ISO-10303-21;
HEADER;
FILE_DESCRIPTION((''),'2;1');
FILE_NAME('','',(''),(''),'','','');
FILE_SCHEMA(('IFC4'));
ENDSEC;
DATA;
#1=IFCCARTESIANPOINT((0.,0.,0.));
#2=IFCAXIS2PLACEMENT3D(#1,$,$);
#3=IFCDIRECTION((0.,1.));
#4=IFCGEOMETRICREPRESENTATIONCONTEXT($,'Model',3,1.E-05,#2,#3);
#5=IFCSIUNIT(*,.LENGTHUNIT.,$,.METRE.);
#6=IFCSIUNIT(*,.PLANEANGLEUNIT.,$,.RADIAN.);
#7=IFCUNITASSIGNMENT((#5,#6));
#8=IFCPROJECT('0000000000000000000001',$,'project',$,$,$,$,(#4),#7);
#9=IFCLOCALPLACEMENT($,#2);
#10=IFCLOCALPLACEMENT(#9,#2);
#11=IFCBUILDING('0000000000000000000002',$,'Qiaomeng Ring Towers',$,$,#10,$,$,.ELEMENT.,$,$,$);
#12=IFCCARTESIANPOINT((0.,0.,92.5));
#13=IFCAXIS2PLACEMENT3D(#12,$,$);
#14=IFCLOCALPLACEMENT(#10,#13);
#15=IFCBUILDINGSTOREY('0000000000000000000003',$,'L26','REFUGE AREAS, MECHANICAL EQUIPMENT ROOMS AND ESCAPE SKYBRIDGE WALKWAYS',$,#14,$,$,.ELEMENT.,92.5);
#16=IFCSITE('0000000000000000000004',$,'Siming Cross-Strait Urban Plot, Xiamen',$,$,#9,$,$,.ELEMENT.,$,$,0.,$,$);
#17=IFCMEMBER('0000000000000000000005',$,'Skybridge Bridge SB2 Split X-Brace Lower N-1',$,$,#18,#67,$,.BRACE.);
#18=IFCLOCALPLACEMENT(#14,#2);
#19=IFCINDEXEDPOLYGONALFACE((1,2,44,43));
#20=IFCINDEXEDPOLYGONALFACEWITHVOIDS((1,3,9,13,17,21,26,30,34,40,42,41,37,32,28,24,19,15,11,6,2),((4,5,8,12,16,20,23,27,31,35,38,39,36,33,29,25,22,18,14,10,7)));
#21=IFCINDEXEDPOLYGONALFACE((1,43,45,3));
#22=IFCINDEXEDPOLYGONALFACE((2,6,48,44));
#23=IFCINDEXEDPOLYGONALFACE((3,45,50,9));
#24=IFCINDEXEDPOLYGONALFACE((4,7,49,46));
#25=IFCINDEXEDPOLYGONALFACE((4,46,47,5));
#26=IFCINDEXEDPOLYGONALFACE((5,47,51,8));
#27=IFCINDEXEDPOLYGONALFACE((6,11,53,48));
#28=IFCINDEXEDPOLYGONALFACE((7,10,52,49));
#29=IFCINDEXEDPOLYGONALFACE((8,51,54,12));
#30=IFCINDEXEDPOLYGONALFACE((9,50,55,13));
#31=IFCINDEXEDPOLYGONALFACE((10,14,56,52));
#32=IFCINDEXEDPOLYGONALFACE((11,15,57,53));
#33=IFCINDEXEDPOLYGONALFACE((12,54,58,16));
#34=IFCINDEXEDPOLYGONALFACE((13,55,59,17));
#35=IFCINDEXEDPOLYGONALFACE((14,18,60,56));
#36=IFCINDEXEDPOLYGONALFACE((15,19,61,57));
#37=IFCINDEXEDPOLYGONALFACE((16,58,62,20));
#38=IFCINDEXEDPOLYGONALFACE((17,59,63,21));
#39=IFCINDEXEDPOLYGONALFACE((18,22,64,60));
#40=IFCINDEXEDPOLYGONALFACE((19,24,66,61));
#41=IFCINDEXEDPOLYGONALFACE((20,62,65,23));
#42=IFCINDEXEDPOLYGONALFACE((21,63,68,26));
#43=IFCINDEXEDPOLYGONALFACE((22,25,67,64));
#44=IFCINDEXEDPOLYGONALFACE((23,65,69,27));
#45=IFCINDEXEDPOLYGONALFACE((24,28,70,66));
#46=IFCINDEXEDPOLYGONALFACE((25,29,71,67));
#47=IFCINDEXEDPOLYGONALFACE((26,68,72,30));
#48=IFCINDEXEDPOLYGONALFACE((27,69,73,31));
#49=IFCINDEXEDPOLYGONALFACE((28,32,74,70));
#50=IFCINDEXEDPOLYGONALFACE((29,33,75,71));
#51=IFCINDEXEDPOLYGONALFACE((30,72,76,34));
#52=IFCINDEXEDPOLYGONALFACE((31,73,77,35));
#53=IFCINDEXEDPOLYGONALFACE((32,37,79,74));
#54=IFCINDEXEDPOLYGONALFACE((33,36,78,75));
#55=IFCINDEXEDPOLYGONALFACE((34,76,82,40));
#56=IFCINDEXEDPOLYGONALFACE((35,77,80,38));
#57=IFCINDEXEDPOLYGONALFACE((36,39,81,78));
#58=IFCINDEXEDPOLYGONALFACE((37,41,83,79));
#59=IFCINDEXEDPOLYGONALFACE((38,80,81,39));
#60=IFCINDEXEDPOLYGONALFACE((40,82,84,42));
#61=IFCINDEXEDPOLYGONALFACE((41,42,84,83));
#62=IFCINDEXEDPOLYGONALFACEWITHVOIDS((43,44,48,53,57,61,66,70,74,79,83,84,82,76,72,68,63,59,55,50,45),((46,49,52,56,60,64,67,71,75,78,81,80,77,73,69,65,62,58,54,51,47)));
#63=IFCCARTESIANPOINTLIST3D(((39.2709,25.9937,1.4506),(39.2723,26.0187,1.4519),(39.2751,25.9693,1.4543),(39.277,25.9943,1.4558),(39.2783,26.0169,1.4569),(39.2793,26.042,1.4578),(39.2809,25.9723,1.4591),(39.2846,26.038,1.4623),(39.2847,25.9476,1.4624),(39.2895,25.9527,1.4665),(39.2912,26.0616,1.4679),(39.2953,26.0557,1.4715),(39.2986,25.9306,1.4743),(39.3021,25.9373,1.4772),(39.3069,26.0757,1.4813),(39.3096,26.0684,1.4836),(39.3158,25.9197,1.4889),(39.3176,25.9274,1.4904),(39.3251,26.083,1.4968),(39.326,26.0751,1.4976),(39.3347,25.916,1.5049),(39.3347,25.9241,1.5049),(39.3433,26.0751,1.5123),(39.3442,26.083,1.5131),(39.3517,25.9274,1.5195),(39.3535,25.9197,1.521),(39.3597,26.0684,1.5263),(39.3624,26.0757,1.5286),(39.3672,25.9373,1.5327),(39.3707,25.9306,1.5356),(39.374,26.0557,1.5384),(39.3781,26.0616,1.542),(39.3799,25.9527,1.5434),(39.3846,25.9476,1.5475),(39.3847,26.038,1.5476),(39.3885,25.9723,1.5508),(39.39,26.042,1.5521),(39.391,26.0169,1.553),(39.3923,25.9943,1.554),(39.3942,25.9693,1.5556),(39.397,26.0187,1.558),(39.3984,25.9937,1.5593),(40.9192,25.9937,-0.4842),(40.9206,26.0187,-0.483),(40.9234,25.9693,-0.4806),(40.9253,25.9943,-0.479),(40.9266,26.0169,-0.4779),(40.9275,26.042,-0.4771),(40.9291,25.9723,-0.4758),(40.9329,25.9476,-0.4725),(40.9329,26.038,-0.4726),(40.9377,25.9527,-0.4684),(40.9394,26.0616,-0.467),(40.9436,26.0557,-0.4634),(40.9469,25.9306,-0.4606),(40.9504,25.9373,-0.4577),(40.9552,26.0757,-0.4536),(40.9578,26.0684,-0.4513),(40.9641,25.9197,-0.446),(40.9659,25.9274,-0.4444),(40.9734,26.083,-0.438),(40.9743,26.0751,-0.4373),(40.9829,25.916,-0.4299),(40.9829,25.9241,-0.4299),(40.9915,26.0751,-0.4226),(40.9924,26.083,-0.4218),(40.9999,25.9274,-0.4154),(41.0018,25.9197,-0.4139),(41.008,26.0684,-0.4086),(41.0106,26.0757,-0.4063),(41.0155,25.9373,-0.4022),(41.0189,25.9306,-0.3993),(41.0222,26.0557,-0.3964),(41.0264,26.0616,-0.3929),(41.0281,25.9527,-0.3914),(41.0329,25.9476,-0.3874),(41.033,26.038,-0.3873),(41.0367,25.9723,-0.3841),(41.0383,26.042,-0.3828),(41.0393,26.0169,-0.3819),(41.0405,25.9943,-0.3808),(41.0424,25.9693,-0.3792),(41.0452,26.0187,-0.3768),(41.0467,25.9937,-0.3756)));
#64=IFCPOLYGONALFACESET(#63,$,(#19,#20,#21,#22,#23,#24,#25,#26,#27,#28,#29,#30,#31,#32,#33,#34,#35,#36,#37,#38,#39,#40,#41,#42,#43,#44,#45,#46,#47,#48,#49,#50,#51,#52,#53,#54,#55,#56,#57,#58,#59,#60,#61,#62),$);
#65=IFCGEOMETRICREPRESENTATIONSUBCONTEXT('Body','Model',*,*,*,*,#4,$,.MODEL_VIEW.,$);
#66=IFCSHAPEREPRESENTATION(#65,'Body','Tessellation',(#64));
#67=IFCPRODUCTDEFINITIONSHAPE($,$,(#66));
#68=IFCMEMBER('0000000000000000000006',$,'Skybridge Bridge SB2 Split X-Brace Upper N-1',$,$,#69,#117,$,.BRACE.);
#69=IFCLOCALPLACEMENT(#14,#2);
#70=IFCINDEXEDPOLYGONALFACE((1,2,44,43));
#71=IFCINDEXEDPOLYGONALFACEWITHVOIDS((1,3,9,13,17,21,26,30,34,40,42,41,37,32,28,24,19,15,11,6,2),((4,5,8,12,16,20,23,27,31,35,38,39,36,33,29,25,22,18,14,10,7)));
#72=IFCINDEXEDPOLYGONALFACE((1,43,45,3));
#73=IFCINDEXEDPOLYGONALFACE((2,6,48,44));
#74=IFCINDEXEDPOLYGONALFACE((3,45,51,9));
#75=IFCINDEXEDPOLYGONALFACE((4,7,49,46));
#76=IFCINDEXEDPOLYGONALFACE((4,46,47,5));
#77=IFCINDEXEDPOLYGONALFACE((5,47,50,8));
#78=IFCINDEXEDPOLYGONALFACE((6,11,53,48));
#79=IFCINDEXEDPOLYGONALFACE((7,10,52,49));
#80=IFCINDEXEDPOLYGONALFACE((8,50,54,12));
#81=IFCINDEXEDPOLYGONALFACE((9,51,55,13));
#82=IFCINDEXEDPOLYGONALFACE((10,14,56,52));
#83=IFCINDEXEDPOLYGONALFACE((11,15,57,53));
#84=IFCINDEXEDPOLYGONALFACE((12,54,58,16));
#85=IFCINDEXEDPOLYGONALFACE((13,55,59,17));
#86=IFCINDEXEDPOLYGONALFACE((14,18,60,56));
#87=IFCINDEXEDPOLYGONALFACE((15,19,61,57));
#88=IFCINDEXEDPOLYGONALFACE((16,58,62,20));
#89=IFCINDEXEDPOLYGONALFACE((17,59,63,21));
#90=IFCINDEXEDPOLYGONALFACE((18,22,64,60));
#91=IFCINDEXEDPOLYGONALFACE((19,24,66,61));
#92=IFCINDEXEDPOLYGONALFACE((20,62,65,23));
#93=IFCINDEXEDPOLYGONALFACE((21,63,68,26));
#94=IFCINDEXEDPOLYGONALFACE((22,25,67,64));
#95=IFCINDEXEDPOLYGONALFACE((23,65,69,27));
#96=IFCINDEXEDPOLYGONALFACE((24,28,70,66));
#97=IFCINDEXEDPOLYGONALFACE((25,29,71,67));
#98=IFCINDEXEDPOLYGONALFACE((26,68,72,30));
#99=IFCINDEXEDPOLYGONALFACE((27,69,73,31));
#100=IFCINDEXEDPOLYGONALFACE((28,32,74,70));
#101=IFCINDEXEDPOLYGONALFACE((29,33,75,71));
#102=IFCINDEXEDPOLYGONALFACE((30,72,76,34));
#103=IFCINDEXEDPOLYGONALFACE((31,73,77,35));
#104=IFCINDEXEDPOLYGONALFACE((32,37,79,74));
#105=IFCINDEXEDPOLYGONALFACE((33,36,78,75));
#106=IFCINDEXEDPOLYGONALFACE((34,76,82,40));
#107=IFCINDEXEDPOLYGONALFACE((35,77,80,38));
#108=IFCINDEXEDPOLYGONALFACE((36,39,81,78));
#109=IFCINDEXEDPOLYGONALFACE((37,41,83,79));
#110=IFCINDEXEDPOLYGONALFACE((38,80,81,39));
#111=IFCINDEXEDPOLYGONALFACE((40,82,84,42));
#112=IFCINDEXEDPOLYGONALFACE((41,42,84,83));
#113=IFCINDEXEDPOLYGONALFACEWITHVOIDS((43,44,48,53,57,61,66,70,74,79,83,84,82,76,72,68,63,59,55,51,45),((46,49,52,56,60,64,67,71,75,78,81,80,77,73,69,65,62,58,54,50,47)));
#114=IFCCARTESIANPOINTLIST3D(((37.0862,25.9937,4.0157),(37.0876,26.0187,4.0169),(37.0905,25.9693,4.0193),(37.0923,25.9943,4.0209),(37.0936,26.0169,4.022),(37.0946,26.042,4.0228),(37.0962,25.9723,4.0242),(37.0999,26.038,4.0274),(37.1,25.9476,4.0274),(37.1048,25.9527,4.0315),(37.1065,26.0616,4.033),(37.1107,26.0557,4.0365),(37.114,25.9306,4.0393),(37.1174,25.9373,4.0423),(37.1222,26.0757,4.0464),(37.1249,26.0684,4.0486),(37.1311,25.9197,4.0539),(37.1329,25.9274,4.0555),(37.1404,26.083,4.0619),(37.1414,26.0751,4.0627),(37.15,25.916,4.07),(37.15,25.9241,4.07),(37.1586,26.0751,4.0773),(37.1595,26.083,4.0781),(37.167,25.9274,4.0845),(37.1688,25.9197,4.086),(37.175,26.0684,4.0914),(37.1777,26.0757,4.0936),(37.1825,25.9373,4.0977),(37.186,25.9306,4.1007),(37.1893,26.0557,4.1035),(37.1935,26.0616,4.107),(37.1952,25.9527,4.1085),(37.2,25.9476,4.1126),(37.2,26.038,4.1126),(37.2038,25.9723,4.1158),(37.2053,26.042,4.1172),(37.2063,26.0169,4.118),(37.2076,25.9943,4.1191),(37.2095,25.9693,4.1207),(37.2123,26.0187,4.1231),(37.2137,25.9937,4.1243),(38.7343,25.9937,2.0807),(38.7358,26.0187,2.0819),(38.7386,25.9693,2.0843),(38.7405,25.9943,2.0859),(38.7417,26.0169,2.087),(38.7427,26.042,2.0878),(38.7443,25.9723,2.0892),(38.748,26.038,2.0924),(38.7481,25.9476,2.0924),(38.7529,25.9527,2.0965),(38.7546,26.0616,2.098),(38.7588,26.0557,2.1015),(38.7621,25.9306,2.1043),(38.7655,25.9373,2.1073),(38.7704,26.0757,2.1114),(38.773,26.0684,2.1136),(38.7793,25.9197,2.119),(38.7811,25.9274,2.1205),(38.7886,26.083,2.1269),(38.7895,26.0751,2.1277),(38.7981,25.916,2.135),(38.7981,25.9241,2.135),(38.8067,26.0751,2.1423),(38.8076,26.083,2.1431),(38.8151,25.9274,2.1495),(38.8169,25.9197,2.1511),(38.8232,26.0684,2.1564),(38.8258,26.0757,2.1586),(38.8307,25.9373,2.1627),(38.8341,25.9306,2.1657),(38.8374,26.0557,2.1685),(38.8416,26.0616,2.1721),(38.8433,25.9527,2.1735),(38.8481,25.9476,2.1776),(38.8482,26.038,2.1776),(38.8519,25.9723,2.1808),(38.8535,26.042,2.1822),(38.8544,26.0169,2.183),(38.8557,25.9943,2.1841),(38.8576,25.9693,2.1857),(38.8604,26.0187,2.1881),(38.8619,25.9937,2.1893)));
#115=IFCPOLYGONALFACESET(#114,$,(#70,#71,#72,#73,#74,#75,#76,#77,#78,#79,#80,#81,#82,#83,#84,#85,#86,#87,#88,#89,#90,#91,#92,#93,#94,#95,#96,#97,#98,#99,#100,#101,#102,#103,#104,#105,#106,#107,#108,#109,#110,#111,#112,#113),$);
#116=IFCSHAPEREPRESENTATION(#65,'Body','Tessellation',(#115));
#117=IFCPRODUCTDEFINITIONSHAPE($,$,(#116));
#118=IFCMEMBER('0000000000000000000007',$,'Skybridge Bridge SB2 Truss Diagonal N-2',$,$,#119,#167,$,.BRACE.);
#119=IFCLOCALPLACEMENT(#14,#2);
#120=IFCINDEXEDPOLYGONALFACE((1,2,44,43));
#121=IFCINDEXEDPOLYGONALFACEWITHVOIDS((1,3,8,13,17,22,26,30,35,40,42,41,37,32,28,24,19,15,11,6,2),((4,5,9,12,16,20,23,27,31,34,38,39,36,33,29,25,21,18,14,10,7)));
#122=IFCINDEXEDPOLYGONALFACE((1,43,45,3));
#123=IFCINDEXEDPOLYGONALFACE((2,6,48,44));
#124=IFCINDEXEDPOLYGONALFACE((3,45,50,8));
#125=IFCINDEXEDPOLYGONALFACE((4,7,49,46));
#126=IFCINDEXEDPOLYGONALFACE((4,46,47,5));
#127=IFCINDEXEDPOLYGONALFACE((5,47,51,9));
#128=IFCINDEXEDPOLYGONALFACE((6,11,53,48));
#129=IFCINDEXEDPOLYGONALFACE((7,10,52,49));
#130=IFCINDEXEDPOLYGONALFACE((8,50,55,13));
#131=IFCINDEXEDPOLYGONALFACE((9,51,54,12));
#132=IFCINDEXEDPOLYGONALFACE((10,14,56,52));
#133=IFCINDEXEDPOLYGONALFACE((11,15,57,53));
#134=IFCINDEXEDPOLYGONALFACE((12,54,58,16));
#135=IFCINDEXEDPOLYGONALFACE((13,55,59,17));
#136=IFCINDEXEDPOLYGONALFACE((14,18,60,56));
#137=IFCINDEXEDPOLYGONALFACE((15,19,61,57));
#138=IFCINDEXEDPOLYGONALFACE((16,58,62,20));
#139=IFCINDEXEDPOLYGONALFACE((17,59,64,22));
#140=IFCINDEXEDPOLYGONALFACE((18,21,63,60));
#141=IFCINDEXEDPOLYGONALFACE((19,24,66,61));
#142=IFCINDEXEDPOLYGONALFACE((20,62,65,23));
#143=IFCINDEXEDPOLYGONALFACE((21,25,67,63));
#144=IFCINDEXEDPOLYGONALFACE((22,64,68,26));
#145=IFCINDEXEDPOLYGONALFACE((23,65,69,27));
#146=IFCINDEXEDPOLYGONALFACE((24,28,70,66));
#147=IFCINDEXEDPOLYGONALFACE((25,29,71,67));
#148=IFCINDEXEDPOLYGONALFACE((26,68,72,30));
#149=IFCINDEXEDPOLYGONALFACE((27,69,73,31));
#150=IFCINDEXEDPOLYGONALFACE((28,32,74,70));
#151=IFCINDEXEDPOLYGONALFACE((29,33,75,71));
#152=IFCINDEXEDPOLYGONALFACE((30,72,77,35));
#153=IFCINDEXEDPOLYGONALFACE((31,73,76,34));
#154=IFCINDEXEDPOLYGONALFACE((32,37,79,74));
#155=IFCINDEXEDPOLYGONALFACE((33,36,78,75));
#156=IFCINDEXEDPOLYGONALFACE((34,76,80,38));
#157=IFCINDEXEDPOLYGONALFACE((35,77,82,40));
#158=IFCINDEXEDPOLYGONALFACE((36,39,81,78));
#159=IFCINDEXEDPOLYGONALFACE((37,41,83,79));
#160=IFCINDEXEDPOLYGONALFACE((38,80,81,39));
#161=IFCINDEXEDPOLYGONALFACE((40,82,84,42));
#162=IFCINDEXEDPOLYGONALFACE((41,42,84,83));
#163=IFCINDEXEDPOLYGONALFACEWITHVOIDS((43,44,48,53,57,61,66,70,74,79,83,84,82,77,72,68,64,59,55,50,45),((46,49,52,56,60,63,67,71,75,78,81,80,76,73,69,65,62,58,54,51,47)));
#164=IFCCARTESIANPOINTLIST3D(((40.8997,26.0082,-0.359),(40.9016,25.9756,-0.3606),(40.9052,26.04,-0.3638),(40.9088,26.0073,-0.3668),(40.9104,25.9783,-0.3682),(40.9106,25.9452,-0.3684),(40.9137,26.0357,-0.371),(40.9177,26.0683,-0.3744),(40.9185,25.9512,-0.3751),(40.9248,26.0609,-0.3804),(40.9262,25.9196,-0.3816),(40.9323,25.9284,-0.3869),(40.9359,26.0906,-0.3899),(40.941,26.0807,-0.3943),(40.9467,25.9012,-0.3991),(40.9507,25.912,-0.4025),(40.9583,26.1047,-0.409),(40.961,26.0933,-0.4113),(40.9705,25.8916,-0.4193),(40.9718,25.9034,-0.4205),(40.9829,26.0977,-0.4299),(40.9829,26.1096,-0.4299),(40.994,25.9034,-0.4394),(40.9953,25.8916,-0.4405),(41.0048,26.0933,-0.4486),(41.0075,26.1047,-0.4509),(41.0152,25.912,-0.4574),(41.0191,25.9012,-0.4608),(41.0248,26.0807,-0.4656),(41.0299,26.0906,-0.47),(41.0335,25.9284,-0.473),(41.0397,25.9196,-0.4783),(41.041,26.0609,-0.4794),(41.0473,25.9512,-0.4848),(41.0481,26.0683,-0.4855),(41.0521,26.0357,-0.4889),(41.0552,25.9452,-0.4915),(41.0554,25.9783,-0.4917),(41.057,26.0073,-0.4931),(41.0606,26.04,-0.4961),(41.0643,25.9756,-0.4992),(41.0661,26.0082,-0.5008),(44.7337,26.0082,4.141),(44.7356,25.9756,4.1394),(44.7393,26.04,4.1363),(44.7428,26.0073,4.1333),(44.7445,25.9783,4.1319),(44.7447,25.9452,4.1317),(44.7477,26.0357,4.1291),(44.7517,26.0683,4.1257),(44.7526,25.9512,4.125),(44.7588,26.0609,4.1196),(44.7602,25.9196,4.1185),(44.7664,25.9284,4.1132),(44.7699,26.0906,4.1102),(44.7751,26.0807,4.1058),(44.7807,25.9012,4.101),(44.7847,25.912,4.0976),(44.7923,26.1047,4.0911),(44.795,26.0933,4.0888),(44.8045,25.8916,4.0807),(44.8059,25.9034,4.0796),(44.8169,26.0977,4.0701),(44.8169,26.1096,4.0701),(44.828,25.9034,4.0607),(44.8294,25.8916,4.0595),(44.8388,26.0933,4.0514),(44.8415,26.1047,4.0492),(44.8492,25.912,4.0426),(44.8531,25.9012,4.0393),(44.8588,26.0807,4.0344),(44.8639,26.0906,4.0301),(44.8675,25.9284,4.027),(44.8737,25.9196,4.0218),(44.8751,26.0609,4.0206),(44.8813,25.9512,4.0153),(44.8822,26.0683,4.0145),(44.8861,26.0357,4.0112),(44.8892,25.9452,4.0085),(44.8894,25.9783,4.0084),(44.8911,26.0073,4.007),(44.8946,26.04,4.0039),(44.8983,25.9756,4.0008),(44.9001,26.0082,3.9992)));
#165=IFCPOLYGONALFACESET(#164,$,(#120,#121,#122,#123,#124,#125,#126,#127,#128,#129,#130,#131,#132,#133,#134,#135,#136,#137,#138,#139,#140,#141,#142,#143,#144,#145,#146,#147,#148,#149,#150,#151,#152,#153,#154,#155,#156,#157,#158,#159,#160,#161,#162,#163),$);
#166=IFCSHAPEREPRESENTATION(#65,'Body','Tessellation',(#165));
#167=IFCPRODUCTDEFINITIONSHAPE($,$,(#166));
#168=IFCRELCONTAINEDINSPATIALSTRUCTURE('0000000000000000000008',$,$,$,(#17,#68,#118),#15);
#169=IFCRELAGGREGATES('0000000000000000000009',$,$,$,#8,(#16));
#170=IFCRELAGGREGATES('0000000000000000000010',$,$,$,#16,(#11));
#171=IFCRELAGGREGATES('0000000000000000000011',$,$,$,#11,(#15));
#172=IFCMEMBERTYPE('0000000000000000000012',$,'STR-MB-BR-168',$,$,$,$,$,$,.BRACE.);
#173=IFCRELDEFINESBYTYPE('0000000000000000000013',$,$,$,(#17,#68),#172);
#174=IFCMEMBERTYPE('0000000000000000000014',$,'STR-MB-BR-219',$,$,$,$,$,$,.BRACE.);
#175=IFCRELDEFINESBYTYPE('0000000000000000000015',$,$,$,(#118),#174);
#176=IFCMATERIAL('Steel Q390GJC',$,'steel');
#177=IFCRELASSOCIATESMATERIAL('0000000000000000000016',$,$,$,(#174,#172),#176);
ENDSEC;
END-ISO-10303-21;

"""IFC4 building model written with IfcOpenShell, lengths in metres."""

from ifc_helpers import new_model, si_unit, direction, frame, origin, origin_2d, place, context, subcontext, project, spatial, hollow_circle, extrude, source, transform, mapped, material, material_profile, profile_set, type_object, element, save


model = new_model("IFC4")

# Units and contexts
model_context = context("Model", 3, precision=1e-05, world=origin(), true_north=direction((0.0, 1.0)))
body_context = subcontext(model_context, "Body", "Model", "MODEL_VIEW")
ifc_project = project(units=[si_unit("LENGTHUNIT", "METRE"), si_unit("PLANEANGLEUNIT", "RADIAN")], contexts=[model_context])

# Site, building, storey
site_placement = place(None, origin())
site = spatial("IfcSite", under=ifc_project, at=site_placement, Name="Siming Cross-Strait Urban Plot, Xiamen", CompositionType="ELEMENT", RefElevation=0.0)
building_placement = place(site_placement, origin())
building = spatial("IfcBuilding", under=site, at=building_placement, Name="Qiaomeng Ring Towers", CompositionType="ELEMENT")
storey_placement = place(building_placement, frame((0.0, 0.0, 92.5)))
storey = spatial("IfcBuildingStorey", under=building, at=storey_placement, Name="L26", Description="REFUGE AREAS, MECHANICAL EQUIPMENT ROOMS AND ESCAPE SKYBRIDGE WALKWAYS", CompositionType="ELEMENT", Elevation=92.5)

# Shared definitions
ifc_material_1 = material(Name="Steel Q390GJC", Category="steel")

# Members
ifc_material_profile_1 = material_profile(ifc_material_1, hollow_circle(Radius=0.1096, WallThickness=0.012, at=origin_2d()), Name="CHS 219x12")
ifc_profile_set_1 = profile_set([ifc_material_profile_1], Name="Steel Q390GJC")
member_type_1 = type_object("IfcMemberType", Name="STR-MB-BR-219", PredefinedType="BRACE", material=ifc_profile_set_1)
ifc_material_profile_2 = material_profile(ifc_material_1, hollow_circle(Radius=0.084, WallThickness=0.0081, at=origin_2d()), Name="CHS 168x8")
ifc_profile_set_2 = profile_set([ifc_material_profile_2], Name="Steel Q390GJC")
member_type_2 = type_object("IfcMemberType", Name="STR-MB-BR-168", PredefinedType="BRACE", material=ifc_profile_set_2)
shared_shape_1 = source(origin(), body_context, "Body", "SweptSolid", [
    extrude(hollow_circle(Radius=0.084, WallThickness=0.0081, at=origin_2d()), origin(), (0.0, 0.0, 1.0), 2.5417),
])
for number, where, z_axis, x_axis, name in (
    (1, (40.9829, 26.0, -0.4299), (-0.648471, 0.0, 0.76124), (0.0, -1.0, 0.0), "Skybridge Bridge SB2 Split X-Brace Lower N-1"),
    (2, (38.7981, 26.0, 2.135), (-0.648423, 0.0, 0.76128), (0.0, -1.0, 0.0), "Skybridge Bridge SB2 Split X-Brace Upper N-1"),
):
    element("IfcMember", number, at=place(storey_placement, frame(where, z_axis=z_axis, x_axis=x_axis)), inside=storey, type_object=member_type_2, Name=name, PredefinedType="BRACE", context=body_context, shape_type="MappedRepresentation", body=[
        mapped(shared_shape_1, transform((0.0, 0.0, 0.0), x_axis=(1.0, 0.0, 0.0), y_axis=(0.0, 1.0, 0.0), z_axis=(0.0, 0.0, 1.0), scale=1.0)),
    ])
shared_shape_2 = source(origin(), body_context, "Body", "SweptSolid", [
    extrude(hollow_circle(Radius=0.1096, WallThickness=0.012, at=origin_2d()), origin(), (0.0, 0.0, 1.0), 5.9119),
])
member_1_placement = place(storey_placement, frame((40.9829, 26.0, -0.4299), z_axis=(0.64853, 0.0, 0.761189), x_axis=(0.0, 1.0, 0.0)))
element("IfcMember", 3, at=member_1_placement, inside=storey, type_object=member_type_1, Name="Skybridge Bridge SB2 Truss Diagonal N-2", PredefinedType="BRACE", context=body_context, shape_type="MappedRepresentation", body=[
    mapped(shared_shape_2, transform((0.0, 0.0, 0.0), x_axis=(1.0, 0.0, 0.0), y_axis=(0.0, 1.0, 0.0), z_axis=(0.0, 0.0, 1.0), scale=1.0)),
])

save(model, "model.ifc")
